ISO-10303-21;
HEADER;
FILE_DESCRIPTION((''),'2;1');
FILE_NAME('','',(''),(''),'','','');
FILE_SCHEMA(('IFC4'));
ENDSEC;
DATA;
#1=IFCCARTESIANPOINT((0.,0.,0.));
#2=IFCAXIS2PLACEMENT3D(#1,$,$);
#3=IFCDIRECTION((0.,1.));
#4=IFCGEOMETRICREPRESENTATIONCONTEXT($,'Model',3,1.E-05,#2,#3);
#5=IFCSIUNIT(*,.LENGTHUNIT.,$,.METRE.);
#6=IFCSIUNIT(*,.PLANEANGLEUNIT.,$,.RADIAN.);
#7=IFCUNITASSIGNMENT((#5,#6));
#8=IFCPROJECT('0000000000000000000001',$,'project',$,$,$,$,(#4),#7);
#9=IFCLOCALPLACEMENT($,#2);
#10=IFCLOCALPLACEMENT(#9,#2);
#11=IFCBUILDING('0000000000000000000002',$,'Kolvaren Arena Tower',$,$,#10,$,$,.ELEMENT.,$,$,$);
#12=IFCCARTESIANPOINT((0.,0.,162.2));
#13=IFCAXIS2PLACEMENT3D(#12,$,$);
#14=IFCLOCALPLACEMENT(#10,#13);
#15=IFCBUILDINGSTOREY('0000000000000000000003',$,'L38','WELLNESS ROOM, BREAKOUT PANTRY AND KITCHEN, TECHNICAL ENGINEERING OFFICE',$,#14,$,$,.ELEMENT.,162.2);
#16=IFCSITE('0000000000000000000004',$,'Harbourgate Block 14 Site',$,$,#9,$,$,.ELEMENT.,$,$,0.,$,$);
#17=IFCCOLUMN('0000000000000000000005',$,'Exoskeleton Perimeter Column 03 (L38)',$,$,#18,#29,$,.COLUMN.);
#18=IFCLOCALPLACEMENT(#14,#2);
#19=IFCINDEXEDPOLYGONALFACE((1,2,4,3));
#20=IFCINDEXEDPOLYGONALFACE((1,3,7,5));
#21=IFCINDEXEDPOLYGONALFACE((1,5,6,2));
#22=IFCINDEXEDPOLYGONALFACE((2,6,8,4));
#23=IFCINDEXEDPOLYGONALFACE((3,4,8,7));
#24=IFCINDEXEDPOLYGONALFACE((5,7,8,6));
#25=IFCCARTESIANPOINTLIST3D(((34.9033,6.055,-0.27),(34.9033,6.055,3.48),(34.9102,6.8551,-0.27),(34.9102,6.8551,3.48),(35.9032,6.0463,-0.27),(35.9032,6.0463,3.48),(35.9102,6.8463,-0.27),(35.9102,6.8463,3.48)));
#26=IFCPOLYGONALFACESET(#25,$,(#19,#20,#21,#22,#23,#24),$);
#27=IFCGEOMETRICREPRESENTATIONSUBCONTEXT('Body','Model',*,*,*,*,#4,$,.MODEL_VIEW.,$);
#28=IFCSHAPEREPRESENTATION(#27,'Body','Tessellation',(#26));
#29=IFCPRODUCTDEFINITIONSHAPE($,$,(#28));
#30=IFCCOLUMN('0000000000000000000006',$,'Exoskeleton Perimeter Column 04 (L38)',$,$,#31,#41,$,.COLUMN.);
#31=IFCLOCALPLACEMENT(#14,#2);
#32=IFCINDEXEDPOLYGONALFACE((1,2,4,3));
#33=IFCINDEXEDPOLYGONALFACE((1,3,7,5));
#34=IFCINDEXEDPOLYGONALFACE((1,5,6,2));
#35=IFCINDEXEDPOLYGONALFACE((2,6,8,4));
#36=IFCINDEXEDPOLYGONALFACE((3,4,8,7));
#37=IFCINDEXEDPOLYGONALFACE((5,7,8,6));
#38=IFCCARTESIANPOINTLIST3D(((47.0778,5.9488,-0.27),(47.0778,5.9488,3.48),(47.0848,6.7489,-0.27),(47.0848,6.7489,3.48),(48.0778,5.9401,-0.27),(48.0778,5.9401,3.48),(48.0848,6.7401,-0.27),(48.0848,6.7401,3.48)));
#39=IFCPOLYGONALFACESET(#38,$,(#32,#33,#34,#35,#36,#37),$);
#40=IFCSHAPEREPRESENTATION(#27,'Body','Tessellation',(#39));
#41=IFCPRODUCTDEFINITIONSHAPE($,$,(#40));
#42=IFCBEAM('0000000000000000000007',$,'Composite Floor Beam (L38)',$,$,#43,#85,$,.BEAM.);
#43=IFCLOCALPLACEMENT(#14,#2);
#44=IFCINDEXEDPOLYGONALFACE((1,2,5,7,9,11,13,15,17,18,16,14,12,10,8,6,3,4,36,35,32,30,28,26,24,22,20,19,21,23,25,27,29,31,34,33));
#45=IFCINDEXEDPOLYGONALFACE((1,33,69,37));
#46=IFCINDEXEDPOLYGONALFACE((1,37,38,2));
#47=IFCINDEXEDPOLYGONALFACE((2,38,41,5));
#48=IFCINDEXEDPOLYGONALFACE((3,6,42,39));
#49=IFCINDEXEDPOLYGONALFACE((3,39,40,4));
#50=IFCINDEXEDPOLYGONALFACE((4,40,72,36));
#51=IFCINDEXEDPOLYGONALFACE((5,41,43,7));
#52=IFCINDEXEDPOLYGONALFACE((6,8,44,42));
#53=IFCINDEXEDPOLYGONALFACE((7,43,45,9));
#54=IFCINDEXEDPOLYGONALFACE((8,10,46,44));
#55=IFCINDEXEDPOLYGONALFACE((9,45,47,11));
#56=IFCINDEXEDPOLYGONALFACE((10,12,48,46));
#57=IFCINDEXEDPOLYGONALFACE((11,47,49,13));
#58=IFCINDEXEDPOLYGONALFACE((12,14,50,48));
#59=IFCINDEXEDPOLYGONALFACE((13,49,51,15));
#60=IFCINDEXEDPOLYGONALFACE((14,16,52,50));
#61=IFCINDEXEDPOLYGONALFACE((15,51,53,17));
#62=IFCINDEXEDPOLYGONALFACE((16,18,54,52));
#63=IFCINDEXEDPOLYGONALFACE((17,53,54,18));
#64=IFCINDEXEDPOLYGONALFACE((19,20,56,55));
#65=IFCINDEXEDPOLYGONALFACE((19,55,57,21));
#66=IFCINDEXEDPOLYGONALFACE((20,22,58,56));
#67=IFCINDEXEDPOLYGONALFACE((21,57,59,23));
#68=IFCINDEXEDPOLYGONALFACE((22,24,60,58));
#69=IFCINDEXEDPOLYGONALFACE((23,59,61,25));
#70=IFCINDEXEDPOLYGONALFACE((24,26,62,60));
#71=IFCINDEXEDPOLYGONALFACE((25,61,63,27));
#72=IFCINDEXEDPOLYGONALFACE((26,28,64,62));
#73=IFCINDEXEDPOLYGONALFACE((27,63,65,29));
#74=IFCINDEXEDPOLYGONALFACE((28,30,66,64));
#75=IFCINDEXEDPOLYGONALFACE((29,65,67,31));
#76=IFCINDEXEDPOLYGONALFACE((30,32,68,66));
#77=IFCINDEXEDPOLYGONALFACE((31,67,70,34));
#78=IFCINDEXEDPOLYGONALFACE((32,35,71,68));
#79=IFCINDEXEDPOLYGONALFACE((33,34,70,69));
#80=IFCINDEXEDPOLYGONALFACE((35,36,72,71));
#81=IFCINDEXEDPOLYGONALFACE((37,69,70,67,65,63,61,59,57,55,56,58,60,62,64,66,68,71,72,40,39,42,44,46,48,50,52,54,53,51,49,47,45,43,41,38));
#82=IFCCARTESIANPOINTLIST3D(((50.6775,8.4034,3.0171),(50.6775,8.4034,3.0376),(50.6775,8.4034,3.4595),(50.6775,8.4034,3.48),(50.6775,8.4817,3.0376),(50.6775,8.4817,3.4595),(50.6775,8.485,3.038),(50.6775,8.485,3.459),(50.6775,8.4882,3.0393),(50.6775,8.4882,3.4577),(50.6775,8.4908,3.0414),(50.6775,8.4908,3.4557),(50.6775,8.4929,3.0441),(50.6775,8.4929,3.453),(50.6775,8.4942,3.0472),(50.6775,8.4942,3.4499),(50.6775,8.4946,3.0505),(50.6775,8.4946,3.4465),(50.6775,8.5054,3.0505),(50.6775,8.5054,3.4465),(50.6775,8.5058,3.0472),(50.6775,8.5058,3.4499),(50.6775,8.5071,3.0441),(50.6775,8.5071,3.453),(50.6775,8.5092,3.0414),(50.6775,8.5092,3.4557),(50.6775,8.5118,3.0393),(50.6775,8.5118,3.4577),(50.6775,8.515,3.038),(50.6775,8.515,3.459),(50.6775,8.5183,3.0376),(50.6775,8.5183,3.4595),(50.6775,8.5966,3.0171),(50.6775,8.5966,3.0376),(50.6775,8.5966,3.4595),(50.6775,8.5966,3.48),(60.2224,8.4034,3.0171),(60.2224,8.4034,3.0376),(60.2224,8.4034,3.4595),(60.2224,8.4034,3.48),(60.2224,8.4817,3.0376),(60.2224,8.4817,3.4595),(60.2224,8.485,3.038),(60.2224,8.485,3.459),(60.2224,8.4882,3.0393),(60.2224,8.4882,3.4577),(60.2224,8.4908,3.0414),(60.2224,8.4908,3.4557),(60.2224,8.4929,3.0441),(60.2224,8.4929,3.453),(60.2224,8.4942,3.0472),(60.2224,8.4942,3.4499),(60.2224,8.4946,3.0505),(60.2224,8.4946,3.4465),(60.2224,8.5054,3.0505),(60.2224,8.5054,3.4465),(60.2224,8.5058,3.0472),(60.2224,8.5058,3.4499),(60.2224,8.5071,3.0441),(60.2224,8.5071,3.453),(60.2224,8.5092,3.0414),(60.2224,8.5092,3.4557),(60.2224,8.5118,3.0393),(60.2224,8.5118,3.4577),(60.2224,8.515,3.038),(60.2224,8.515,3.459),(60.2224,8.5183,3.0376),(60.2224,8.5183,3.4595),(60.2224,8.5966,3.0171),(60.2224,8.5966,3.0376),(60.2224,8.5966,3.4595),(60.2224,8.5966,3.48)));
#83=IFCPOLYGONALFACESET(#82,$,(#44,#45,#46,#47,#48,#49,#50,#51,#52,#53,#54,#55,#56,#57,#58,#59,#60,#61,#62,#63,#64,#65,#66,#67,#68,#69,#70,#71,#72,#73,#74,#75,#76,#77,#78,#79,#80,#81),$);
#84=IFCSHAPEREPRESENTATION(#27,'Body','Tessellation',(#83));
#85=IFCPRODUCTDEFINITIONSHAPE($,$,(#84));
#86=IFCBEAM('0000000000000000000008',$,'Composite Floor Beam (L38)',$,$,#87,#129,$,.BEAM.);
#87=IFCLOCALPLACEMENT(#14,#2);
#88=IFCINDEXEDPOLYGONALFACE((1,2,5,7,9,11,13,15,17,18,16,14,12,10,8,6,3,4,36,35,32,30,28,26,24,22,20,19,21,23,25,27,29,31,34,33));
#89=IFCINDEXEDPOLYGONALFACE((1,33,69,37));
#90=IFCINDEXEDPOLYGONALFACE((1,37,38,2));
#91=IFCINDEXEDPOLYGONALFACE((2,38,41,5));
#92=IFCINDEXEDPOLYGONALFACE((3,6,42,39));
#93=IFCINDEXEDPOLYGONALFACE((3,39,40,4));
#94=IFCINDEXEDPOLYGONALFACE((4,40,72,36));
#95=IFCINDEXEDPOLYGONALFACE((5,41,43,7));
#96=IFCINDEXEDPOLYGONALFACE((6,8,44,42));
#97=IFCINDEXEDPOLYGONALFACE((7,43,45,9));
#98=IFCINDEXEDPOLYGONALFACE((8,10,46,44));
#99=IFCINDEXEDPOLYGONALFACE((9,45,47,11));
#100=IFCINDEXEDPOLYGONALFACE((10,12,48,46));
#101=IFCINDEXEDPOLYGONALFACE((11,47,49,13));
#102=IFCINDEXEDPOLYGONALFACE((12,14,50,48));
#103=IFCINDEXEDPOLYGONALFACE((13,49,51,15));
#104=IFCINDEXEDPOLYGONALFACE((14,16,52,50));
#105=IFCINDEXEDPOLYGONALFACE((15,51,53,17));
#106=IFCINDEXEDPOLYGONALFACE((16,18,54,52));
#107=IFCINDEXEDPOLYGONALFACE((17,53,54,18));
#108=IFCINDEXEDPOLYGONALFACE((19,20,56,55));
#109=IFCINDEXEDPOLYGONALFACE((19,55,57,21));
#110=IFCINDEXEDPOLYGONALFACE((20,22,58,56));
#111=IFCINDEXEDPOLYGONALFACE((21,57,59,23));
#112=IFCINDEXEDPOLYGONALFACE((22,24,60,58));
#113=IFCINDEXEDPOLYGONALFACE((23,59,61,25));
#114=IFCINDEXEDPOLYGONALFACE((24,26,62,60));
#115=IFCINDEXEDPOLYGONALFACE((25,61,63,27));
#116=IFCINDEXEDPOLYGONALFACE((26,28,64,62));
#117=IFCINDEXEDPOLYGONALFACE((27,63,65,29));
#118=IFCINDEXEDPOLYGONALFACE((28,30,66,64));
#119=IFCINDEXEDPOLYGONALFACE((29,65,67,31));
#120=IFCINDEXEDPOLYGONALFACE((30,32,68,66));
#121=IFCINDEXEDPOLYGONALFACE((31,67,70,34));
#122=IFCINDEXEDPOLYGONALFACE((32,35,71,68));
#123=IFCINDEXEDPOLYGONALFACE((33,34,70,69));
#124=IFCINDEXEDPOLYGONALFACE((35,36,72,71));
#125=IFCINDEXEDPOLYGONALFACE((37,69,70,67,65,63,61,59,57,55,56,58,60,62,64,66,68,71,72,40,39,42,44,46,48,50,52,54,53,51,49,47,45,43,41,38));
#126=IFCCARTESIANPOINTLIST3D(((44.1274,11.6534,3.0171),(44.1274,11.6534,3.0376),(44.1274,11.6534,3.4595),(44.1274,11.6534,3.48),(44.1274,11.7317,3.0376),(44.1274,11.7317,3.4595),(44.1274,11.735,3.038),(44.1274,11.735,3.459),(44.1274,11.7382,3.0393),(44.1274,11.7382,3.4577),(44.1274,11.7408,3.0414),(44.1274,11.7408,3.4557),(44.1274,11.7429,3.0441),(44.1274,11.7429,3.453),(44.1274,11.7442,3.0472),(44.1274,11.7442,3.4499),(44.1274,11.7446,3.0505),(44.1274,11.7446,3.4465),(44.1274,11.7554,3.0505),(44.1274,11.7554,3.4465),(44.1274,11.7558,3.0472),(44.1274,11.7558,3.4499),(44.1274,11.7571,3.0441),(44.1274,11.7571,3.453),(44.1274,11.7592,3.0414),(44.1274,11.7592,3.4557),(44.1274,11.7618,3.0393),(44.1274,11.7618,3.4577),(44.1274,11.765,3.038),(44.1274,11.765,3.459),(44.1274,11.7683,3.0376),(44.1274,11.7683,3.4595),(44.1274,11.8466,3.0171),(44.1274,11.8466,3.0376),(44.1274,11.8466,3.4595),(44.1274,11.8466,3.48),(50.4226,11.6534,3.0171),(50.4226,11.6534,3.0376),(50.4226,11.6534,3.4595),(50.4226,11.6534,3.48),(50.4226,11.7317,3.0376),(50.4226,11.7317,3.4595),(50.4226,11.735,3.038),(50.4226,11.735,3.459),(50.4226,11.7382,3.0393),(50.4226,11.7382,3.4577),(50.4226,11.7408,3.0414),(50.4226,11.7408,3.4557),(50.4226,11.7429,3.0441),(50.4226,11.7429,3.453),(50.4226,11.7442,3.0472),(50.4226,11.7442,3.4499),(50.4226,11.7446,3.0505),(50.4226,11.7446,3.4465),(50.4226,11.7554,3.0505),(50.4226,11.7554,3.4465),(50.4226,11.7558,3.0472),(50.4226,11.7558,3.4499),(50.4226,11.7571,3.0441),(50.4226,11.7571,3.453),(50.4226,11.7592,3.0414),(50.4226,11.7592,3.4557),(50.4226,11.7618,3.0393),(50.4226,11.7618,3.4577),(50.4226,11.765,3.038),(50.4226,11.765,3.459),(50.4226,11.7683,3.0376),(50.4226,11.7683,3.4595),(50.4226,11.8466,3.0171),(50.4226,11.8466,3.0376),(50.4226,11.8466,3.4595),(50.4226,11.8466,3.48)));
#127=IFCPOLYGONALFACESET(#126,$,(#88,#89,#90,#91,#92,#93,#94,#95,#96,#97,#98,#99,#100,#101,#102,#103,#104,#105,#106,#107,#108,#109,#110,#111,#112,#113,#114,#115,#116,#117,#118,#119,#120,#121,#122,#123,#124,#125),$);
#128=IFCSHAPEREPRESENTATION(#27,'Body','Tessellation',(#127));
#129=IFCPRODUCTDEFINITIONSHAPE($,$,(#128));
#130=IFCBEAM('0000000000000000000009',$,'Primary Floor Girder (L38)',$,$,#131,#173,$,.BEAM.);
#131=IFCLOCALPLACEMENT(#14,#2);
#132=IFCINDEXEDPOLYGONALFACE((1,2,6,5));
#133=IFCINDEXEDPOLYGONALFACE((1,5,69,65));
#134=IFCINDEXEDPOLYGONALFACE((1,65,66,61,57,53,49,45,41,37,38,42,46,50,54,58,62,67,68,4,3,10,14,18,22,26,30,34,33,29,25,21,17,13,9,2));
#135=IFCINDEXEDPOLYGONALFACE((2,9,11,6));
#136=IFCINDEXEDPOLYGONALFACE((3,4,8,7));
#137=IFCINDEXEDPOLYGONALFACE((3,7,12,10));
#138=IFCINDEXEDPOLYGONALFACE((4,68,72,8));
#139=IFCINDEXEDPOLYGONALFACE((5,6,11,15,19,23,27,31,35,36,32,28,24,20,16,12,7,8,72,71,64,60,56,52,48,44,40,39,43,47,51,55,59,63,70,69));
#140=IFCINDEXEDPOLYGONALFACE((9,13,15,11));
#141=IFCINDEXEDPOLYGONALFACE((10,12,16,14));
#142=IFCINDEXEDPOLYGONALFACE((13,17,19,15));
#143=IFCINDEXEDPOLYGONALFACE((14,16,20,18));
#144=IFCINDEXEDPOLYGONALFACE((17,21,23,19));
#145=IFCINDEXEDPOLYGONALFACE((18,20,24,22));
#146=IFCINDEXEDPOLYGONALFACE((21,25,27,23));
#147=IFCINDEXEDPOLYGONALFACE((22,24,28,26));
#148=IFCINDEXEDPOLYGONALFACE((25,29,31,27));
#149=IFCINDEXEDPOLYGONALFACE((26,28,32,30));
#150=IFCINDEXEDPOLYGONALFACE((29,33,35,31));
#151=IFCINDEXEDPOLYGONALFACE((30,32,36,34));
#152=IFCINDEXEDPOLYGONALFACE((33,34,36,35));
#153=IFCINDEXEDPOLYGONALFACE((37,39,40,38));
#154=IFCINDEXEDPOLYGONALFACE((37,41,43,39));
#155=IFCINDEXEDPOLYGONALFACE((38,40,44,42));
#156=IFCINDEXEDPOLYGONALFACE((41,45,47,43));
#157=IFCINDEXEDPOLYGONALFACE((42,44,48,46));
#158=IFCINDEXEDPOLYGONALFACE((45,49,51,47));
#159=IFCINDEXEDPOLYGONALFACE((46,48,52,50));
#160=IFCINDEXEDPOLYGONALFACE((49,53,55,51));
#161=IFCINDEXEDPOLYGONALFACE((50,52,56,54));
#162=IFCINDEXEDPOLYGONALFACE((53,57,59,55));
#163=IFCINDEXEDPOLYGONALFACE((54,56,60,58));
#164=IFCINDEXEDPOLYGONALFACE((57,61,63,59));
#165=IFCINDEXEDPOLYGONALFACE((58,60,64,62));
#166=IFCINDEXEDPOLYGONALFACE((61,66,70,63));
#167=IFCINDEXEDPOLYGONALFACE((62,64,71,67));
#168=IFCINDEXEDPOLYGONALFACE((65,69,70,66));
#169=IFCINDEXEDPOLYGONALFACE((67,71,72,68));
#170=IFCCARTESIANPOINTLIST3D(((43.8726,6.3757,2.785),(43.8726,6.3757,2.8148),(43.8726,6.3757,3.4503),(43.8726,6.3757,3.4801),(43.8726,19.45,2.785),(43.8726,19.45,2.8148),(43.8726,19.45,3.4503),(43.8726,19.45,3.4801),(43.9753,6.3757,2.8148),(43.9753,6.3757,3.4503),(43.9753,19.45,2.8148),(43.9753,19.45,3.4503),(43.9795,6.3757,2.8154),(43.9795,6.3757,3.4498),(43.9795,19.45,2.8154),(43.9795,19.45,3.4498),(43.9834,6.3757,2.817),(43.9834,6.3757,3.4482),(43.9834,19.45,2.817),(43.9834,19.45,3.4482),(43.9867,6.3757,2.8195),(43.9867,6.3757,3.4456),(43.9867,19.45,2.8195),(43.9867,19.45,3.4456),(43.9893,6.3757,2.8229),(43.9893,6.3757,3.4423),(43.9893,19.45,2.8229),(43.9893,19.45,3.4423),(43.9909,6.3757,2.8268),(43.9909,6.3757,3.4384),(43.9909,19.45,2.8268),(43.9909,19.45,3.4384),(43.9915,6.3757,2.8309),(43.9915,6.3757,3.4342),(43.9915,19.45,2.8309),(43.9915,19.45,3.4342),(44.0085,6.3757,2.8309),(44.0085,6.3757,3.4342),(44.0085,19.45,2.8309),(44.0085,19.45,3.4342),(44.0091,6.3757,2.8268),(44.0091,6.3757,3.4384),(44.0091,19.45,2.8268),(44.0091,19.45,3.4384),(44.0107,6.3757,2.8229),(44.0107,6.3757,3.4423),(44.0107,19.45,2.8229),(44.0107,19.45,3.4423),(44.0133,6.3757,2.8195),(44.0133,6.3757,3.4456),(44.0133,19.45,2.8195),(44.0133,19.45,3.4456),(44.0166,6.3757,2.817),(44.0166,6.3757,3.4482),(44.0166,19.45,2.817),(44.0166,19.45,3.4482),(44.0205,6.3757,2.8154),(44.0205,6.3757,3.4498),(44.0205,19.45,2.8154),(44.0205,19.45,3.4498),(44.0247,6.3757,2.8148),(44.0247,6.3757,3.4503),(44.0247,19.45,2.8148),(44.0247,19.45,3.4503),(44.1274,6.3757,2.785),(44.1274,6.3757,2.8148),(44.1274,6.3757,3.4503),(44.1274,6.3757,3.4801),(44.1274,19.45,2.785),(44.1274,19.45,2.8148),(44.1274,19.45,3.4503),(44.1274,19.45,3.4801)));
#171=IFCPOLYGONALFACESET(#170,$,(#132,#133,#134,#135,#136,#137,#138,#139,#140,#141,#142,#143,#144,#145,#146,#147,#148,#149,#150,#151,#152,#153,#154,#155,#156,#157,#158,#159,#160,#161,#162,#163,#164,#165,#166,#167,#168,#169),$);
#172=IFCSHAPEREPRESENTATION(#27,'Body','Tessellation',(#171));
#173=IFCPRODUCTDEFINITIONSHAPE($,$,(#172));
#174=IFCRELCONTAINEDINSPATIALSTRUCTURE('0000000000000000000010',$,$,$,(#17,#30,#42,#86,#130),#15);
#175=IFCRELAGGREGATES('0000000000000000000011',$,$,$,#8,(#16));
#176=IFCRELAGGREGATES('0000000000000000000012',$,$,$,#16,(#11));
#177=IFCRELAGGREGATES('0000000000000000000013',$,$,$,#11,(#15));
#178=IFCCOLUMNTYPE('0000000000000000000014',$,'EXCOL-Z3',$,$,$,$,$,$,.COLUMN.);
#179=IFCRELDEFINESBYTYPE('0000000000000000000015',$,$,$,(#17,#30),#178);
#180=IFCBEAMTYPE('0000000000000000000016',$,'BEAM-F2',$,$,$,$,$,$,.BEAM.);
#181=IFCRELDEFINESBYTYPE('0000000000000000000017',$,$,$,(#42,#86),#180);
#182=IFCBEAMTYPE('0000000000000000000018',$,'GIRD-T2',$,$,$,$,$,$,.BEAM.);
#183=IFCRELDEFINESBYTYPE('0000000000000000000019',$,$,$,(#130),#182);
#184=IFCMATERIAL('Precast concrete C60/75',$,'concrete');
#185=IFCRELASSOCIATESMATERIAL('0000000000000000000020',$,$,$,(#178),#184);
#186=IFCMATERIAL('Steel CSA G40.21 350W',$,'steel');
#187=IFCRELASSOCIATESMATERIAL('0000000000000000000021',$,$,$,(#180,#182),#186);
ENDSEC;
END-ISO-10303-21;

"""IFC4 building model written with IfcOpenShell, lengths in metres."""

from ifc_helpers import new_model, si_unit, direction, frame, origin, origin_2d, place, context, subcontext, project, spatial, rectangle, i_section, extrude, material, material_profile, profile_set, type_object, element, save


model = new_model("IFC4")

# Units and contexts
model_context = context("Model", 3, precision=1e-05, world=origin(), true_north=direction((0.0, 1.0)))
body_context = subcontext(model_context, "Body", "Model", "MODEL_VIEW")
ifc_project = project(units=[si_unit("LENGTHUNIT", "METRE"), si_unit("PLANEANGLEUNIT", "RADIAN")], contexts=[model_context])

# Site, building, storey
site_placement = place(None, origin())
site = spatial("IfcSite", under=ifc_project, at=site_placement, Name="Harbourgate Block 14 Site", CompositionType="ELEMENT", RefElevation=0.0)
building_placement = place(site_placement, origin())
building = spatial("IfcBuilding", under=site, at=building_placement, Name="Kolvaren Arena Tower", CompositionType="ELEMENT")
storey_placement = place(building_placement, frame((0.0, 0.0, 162.2)))
storey = spatial("IfcBuildingStorey", under=building, at=storey_placement, Name="L38", Description="WELLNESS ROOM, BREAKOUT PANTRY AND KITCHEN, TECHNICAL ENGINEERING OFFICE", CompositionType="ELEMENT", Elevation=162.2)

# Columns
ifc_material_1 = material(Name="Precast concrete C60/75", Category="concrete")
ifc_material_profile_1 = material_profile(ifc_material_1, rectangle(XDim=1.0, YDim=0.8, at=origin_2d()), Name="RC-1000x800")
ifc_profile_set_1 = profile_set([ifc_material_profile_1], Name="Precast concrete C60/75")
column_type = type_object("IfcColumnType", Name="EXCOL-Z3", PredefinedType="COLUMN", material=ifc_profile_set_1)
for number, where, z_axis, x_axis, name in (
    (1, (35.4067, 6.4507, -0.27), (0.0, 0.0, 1.0), (0.999962, -0.008727, 0.0), "Exoskeleton Perimeter Column 03 (L38)"),
    (2, (47.5813, 6.3445, -0.27), (0.0, 0.0, 1.0), (0.999962, -0.008727, 0.0), "Exoskeleton Perimeter Column 04 (L38)"),
):
    element("IfcColumn", number, at=place(storey_placement, frame(where, z_axis=z_axis, x_axis=x_axis)), inside=storey, type_object=column_type, Name=name, PredefinedType="COLUMN", context=body_context, shape_type="SweptSolid", body=[
        extrude(rectangle(XDim=1.0, YDim=0.8, at=origin_2d()), origin(), (0.0, 0.0, 1.0), 3.75),
    ])

# Beams
ifc_material_2 = material(Name="Steel CSA G40.21 350W", Category="steel")
ifc_material_profile_2 = material_profile(ifc_material_2, i_section(OverallWidth=0.1931, OverallDepth=0.4629, WebThickness=0.0107, FlangeThickness=0.0205, FilletRadius=0.0129, at=origin_2d()), Name="W460x113")
ifc_profile_set_2 = profile_set([ifc_material_profile_2], Name="Steel CSA G40.21 350W")
beam_type_1 = type_object("IfcBeamType", Name="BEAM-F2", PredefinedType="BEAM", material=ifc_profile_set_2)
beam_1_placement = place(storey_placement, frame((50.6775, 8.5, 3.2485), z_axis=(1.0, 0.0, 0.0), x_axis=(0.0, 1.0, 0.0)))
element("IfcBeam", 3, at=beam_1_placement, inside=storey, type_object=beam_type_1, Name="Composite Floor Beam (L38)", PredefinedType="BEAM", context=body_context, shape_type="SweptSolid", body=[
    extrude(i_section(OverallWidth=0.1931, OverallDepth=0.4629, WebThickness=0.0107, FlangeThickness=0.0205, FilletRadius=0.0129, at=origin_2d()), origin(), (0.0, 0.0, 1.0), 9.5449),
])
beam_2_placement = place(storey_placement, frame((44.1274, 11.75, 3.2485), z_axis=(1.0, 0.0, 0.0), x_axis=(0.0, 1.0, 0.0)))
element("IfcBeam", 4, at=beam_2_placement, inside=storey, type_object=beam_type_1, Name="Composite Floor Beam (L38)", PredefinedType="BEAM", context=body_context, shape_type="SweptSolid", body=[
    extrude(i_section(OverallWidth=0.1931, OverallDepth=0.4629, WebThickness=0.0107, FlangeThickness=0.0205, FilletRadius=0.0129, at=origin_2d()), origin(), (0.0, 0.0, 1.0), 6.2952),
])
ifc_material_profile_3 = material_profile(ifc_material_2, i_section(OverallWidth=0.2549, OverallDepth=0.6951, WebThickness=0.0171, FlangeThickness=0.0298, FilletRadius=0.0161, at=origin_2d()), Name="W690x217")
ifc_profile_set_3 = profile_set([ifc_material_profile_3], Name="Steel CSA G40.21 350W")
beam_type_2 = type_object("IfcBeamType", Name="GIRD-T2", PredefinedType="BEAM", material=ifc_profile_set_3)
beam_3_placement = place(storey_placement, frame((44.0, 6.3757, 3.1326), z_axis=(0.0, 1.0, 0.0), x_axis=(-1.0, 0.0, 0.0)))
element("IfcBeam", 5, at=beam_3_placement, inside=storey, type_object=beam_type_2, Name="Primary Floor Girder (L38)", PredefinedType="BEAM", context=body_context, shape_type="SweptSolid", body=[
    extrude(i_section(OverallWidth=0.2549, OverallDepth=0.6951, WebThickness=0.0171, FlangeThickness=0.0298, FilletRadius=0.0161, at=origin_2d()), origin(), (0.0, 0.0, 1.0), 13.0742),
])

save(model, "model.ifc")
